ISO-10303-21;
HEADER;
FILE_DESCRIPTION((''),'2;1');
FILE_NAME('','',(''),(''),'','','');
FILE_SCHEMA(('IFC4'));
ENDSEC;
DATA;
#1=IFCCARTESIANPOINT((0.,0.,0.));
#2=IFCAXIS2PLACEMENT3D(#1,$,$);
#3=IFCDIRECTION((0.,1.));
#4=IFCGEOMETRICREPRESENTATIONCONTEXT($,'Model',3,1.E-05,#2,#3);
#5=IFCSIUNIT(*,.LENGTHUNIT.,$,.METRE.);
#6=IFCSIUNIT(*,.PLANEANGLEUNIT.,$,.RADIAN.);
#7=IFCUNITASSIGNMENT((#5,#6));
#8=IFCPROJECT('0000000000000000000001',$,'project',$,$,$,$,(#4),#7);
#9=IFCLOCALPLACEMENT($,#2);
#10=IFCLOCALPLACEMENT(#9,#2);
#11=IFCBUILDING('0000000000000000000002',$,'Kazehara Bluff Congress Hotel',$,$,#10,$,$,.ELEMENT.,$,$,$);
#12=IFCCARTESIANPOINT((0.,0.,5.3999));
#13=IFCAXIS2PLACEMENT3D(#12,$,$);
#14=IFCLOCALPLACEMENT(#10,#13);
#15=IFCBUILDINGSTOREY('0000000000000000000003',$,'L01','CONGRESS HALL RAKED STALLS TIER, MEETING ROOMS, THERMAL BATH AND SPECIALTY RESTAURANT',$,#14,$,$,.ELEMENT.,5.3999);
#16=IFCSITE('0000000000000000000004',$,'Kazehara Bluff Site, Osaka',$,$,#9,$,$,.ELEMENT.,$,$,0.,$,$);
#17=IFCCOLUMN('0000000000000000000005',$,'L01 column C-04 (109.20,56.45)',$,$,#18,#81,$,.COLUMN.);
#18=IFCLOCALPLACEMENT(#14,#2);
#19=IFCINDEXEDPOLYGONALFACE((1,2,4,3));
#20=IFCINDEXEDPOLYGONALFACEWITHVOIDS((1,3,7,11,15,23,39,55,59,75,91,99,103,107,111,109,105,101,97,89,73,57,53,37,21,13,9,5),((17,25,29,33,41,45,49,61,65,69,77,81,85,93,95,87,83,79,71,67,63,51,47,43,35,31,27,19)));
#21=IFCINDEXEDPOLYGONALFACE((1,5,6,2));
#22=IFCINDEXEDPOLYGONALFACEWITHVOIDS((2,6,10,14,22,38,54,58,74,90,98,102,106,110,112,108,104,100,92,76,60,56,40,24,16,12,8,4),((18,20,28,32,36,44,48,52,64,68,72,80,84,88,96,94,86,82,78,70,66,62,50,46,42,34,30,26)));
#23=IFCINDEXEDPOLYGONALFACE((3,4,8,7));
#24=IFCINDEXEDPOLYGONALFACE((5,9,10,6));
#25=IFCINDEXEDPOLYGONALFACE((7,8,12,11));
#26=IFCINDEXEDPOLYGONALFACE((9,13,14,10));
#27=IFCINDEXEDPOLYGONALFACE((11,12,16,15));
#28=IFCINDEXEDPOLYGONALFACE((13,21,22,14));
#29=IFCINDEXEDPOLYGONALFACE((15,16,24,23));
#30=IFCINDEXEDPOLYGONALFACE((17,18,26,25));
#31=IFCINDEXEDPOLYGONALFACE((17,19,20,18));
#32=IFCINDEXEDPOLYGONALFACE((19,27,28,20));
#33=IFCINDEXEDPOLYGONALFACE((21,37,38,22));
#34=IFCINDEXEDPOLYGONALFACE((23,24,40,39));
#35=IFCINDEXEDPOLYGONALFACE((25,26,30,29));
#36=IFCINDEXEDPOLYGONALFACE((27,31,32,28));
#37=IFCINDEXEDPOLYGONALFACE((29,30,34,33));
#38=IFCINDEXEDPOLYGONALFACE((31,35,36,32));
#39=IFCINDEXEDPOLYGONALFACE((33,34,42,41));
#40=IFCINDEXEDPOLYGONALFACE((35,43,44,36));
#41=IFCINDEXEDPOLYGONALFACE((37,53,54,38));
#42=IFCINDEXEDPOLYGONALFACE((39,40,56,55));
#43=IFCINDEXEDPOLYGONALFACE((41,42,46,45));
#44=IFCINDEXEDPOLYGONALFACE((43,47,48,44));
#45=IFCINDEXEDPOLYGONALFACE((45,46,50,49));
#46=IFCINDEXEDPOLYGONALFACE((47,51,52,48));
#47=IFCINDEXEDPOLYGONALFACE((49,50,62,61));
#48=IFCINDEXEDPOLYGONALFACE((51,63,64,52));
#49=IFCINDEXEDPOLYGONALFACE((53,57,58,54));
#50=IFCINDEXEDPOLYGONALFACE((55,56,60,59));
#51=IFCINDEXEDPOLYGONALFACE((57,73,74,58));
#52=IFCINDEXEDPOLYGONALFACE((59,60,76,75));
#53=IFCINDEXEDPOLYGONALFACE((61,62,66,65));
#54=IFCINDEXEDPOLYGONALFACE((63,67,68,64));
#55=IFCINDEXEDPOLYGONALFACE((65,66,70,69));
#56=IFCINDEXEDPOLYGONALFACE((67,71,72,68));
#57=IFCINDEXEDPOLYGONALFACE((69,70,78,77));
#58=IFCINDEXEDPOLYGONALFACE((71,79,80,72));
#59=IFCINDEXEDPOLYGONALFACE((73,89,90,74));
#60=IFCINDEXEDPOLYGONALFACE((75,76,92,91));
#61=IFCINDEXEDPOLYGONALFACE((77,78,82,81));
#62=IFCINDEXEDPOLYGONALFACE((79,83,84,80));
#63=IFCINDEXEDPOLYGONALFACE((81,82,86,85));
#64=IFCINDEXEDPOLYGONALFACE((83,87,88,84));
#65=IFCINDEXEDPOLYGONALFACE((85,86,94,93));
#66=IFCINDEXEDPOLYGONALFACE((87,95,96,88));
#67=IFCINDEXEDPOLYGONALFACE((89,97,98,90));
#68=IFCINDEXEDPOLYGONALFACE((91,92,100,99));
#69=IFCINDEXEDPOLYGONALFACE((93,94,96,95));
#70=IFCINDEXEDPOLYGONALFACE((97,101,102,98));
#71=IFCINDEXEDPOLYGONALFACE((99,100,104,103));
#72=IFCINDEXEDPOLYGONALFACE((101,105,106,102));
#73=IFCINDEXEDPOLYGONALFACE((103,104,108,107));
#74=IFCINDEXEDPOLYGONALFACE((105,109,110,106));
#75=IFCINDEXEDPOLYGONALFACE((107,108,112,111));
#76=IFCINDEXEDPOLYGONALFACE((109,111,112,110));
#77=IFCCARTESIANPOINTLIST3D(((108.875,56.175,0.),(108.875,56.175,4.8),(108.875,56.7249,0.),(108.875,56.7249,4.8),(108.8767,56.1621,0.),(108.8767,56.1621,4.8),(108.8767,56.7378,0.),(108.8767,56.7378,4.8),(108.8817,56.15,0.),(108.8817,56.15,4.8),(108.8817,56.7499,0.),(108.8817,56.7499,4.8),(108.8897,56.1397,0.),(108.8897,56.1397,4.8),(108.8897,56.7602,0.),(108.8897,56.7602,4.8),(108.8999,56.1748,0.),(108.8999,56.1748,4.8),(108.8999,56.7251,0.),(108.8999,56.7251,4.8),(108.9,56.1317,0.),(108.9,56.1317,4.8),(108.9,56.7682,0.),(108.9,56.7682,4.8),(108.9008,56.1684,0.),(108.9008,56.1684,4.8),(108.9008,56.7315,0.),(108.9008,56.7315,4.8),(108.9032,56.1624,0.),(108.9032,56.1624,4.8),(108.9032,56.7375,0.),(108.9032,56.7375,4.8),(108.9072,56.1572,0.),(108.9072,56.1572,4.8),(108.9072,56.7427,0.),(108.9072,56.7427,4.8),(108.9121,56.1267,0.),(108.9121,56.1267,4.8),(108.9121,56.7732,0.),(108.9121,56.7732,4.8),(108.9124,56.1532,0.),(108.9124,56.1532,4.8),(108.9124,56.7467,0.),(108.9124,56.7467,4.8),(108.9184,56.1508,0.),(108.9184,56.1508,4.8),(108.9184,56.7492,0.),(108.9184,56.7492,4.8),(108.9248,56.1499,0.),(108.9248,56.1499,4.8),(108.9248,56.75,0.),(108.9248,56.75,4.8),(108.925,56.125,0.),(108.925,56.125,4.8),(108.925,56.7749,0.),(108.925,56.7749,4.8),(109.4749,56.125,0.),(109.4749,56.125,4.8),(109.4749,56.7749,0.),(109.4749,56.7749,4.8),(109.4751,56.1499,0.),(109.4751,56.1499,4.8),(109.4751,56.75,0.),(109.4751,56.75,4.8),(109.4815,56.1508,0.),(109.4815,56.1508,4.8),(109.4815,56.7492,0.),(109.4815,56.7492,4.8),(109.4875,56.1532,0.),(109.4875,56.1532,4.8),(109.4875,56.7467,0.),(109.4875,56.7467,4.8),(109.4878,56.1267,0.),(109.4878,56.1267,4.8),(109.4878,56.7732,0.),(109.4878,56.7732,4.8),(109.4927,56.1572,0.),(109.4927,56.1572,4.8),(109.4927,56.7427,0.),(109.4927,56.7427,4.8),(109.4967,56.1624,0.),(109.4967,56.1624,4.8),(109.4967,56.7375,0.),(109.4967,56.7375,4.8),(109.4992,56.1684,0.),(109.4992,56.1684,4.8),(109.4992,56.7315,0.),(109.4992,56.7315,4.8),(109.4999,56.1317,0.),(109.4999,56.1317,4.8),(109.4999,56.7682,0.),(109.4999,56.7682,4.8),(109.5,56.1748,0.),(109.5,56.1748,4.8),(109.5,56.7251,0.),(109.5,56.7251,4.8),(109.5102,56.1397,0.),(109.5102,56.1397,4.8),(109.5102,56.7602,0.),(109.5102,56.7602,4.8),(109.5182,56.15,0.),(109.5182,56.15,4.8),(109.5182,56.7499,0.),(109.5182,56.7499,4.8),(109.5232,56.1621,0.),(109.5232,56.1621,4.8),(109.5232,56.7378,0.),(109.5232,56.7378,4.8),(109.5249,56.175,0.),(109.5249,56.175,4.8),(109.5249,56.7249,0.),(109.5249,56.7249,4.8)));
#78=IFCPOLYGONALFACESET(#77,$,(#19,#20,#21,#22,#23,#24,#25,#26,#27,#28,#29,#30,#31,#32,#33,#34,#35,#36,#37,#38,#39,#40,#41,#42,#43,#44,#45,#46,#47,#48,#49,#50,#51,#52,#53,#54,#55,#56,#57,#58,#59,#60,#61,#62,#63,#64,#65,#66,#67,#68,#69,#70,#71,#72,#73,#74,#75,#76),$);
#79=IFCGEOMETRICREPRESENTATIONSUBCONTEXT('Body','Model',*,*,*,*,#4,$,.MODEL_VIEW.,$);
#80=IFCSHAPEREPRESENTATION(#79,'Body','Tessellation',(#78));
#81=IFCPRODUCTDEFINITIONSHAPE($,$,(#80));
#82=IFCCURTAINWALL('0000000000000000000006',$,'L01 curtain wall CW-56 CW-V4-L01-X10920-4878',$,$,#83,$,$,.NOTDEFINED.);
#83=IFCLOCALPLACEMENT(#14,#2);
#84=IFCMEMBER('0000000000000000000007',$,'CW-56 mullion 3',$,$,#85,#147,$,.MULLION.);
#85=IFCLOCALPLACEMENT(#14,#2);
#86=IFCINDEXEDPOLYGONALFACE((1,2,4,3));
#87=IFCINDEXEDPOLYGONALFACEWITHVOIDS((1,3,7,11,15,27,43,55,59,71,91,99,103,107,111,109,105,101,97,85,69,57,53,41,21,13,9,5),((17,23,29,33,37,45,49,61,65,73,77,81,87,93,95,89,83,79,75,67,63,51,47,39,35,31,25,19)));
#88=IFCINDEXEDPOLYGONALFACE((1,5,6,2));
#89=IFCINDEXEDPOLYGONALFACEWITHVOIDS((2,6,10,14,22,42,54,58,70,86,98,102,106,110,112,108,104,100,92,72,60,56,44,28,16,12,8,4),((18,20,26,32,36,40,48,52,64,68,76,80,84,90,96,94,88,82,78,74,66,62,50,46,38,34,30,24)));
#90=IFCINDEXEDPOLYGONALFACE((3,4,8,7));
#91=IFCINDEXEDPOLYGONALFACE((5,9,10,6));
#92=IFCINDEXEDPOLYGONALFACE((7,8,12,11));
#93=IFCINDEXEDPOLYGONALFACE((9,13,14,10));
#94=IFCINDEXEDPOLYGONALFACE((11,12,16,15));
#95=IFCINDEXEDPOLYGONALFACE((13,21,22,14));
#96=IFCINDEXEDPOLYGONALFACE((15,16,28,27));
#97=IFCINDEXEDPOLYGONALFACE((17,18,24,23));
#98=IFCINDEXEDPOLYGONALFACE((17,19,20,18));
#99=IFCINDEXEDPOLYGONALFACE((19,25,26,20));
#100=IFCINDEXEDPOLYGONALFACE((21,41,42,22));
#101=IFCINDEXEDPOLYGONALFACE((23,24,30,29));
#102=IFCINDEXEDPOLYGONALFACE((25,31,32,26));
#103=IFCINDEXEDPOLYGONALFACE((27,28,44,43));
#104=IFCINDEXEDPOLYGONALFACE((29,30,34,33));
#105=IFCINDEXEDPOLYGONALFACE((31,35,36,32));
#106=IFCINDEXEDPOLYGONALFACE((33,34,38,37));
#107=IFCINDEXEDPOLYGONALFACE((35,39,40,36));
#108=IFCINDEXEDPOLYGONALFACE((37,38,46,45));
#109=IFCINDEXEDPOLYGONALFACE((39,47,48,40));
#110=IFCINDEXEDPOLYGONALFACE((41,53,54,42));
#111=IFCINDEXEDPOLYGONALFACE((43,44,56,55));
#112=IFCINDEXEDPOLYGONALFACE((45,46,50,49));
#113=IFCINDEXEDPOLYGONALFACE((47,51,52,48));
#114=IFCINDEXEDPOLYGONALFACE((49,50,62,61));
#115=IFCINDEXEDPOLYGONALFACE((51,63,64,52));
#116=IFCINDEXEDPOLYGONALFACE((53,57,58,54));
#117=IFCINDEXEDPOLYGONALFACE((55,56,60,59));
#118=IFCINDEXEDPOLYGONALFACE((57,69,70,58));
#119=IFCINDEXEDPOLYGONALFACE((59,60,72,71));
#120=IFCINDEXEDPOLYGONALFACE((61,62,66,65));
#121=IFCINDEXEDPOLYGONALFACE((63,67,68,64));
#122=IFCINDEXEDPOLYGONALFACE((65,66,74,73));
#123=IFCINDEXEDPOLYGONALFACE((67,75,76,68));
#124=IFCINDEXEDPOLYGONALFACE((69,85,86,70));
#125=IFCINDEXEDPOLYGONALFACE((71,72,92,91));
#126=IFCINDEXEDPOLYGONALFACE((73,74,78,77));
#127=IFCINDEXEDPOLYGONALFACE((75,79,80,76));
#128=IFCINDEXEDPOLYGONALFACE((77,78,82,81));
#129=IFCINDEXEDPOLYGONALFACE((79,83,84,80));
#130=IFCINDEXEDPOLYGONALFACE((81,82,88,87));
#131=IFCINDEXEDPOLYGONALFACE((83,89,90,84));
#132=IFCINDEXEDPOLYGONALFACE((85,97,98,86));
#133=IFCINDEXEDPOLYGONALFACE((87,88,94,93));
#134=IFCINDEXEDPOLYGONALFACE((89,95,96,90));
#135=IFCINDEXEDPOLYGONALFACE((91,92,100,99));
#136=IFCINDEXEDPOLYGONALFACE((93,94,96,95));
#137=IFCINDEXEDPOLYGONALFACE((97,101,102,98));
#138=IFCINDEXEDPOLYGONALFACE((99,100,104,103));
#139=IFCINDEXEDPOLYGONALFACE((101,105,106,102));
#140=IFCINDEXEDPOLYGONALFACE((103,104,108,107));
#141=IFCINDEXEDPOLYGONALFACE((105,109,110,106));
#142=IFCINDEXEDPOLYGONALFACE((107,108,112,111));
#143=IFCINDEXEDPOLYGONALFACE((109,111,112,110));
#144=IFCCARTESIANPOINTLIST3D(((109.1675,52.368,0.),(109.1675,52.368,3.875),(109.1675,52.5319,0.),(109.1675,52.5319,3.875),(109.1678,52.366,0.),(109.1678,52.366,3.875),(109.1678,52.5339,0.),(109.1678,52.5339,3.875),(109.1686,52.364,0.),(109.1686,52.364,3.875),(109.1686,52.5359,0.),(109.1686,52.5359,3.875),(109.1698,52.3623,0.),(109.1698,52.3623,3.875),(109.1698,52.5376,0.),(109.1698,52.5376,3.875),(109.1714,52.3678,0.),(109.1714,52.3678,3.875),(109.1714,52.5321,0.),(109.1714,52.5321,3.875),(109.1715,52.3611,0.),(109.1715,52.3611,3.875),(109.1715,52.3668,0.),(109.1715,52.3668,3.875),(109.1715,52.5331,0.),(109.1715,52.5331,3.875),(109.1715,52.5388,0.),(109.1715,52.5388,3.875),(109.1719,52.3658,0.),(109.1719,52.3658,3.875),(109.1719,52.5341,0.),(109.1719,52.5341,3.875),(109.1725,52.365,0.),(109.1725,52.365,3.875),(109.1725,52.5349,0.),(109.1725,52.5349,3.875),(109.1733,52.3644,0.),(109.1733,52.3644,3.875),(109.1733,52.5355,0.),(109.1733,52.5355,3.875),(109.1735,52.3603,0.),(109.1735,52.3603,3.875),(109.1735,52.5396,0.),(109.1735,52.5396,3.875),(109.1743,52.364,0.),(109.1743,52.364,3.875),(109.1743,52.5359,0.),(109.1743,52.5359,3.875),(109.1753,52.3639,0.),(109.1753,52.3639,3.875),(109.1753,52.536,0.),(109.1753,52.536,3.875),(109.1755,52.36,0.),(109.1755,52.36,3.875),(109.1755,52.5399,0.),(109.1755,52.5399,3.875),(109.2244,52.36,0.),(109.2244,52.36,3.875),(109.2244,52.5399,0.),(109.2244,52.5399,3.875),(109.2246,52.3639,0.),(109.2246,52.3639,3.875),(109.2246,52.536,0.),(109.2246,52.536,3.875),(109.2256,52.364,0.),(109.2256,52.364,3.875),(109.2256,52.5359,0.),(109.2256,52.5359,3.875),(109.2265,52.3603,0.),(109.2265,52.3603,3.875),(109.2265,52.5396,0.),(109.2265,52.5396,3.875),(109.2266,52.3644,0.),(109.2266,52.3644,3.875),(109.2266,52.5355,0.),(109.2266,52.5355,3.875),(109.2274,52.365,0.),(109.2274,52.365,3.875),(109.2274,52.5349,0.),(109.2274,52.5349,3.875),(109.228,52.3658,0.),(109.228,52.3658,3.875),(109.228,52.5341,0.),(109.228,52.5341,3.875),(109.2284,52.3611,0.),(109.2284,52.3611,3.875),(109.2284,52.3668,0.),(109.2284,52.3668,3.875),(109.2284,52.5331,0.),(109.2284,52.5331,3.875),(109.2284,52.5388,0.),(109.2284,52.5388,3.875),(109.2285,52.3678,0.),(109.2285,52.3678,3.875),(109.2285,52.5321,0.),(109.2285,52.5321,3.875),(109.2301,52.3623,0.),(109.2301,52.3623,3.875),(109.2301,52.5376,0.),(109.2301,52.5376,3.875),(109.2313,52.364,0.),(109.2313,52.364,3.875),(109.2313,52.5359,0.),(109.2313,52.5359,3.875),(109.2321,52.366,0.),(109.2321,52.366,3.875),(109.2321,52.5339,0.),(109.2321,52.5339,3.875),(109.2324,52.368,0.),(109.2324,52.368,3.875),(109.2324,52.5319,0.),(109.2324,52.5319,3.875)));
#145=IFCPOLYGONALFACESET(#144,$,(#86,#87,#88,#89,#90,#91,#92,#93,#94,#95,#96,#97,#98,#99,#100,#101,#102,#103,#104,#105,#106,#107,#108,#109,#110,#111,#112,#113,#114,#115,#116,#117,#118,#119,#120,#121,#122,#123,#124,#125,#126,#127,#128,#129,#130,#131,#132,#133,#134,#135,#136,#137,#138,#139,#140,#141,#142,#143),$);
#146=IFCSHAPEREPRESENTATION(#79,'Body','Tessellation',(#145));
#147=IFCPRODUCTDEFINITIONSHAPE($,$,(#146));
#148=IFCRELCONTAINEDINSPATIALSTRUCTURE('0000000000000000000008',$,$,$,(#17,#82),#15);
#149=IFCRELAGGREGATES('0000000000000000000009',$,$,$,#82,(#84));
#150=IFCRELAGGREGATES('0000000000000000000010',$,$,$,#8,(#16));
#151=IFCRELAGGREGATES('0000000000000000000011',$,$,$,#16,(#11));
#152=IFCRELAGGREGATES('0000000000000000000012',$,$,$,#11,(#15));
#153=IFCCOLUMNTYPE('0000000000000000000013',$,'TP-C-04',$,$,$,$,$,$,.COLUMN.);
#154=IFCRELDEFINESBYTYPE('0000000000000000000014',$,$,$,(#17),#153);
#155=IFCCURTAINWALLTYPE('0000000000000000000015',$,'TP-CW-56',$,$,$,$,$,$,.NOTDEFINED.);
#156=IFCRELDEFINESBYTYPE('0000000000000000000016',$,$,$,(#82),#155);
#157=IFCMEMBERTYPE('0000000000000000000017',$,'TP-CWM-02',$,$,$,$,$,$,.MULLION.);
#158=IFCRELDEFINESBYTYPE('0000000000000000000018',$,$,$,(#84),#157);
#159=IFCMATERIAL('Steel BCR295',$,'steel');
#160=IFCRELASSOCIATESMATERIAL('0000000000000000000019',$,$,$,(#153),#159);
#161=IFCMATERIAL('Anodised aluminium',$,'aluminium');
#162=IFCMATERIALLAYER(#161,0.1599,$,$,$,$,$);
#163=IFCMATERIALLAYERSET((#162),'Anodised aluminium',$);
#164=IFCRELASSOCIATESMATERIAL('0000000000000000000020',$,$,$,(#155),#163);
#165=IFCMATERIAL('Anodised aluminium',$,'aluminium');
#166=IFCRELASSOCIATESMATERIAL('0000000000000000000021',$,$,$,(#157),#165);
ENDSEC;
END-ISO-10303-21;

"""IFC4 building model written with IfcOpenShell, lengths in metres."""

from ifc_helpers import new_model, si_unit, direction, frame, origin, origin_2d, place, context, subcontext, project, spatial, hollow_rectangle, extrude, material, layer, layer_set, material_profile, profile_set, type_object, element, aggregate, save


model = new_model("IFC4")

# Units and contexts
model_context = context("Model", 3, precision=1e-05, world=origin(), true_north=direction((0.0, 1.0)))
body_context = subcontext(model_context, "Body", "Model", "MODEL_VIEW")
ifc_project = project(units=[si_unit("LENGTHUNIT", "METRE"), si_unit("PLANEANGLEUNIT", "RADIAN")], contexts=[model_context])

# Site, building, storey
site_placement = place(None, origin())
site = spatial("IfcSite", under=ifc_project, at=site_placement, Name="Kazehara Bluff Site, Osaka", CompositionType="ELEMENT", RefElevation=0.0)
building_placement = place(site_placement, origin())
building = spatial("IfcBuilding", under=site, at=building_placement, Name="Kazehara Bluff Congress Hotel", CompositionType="ELEMENT")
storey_placement = place(building_placement, frame((0.0, 0.0, 5.3999)))
storey = spatial("IfcBuildingStorey", under=building, at=storey_placement, Name="L01", Description="CONGRESS HALL RAKED STALLS TIER, MEETING ROOMS, THERMAL BATH AND SPECIALTY RESTAURANT", CompositionType="ELEMENT", Elevation=5.3999)

# Column
ifc_material_1 = material(Name="Steel BCR295", Category="steel")
ifc_material_profile_1 = material_profile(ifc_material_1, hollow_rectangle(XDim=0.6499, YDim=0.6499, WallThickness=0.0249, InnerFilletRadius=0.0249, OuterFilletRadius=0.05, at=origin_2d()))
ifc_profile_set_1 = profile_set([ifc_material_profile_1], Name="Steel BCR295")
column_type_1 = type_object("IfcColumnType", Name="TP-C-04", PredefinedType="COLUMN", material=ifc_profile_set_1)
column_placement = place(storey_placement, frame((109.2, 56.45, 0.0), z_axis=(0.0, 0.0, 1.0), x_axis=(1.0, 0.0, 0.0)))
element("IfcColumn", 1, at=column_placement, inside=storey, type_object=column_type_1, Name="L01 column C-04 (109.20,56.45)", PredefinedType="COLUMN", context=body_context, shape_type="SweptSolid", body=[
    extrude(hollow_rectangle(XDim=0.6499, YDim=0.6499, WallThickness=0.0249, InnerFilletRadius=0.0249, OuterFilletRadius=0.05, at=origin_2d()), origin(), (0.0, 0.0, 1.0), 4.8),
])

# Curtain wall, member
ifc_material_2 = material(Name="Anodised aluminium", Category="aluminium")
ifc_layer_1 = layer(ifc_material_2, 0.1599)
ifc_layer_set_1 = layer_set([ifc_layer_1], Name="Anodised aluminium")
curtain_wall_type = type_object("IfcCurtainWallType", Name="TP-CW-56", PredefinedType="NOTDEFINED", material=ifc_layer_set_1)
curtain_wall_placement = place(storey_placement, origin())
curtain_wall = element("IfcCurtainWall", 2, at=curtain_wall_placement, inside=storey, type_object=curtain_wall_type, Name="L01 curtain wall CW-56 CW-V4-L01-X10920-4878", PredefinedType="NOTDEFINED")
ifc_material_3 = material(Name="Anodised aluminium", Category="aluminium")
ifc_material_profile_2 = material_profile(ifc_material_3, hollow_rectangle(XDim=0.0649, YDim=0.1799, WallThickness=0.0039, InnerFilletRadius=0.0039, OuterFilletRadius=0.0081, at=origin_2d()))
ifc_profile_set_2 = profile_set([ifc_material_profile_2], Name="Anodised aluminium")
member_type_1 = type_object("IfcMemberType", Name="TP-CWM-02", PredefinedType="MULLION", material=ifc_profile_set_2)
member_1_placement = place(storey_placement, frame((109.2, 52.45, 0.0), z_axis=(0.0, 0.0, 1.0), x_axis=(-1.0, 0.0, 0.0)))
member_1 = element("IfcMember", 3, at=member_1_placement, type_object=member_type_1, Name="CW-56 mullion 3", PredefinedType="MULLION", context=body_context, shape_type="SweptSolid", body=[
    extrude(hollow_rectangle(XDim=0.0649, YDim=0.1799, WallThickness=0.0039, InnerFilletRadius=0.0039, OuterFilletRadius=0.0081, at=origin_2d()), origin(), (0.0, 0.0, 1.0), 3.875),
])

aggregate(curtain_wall, [member_1])

save(model, "model.ifc")
